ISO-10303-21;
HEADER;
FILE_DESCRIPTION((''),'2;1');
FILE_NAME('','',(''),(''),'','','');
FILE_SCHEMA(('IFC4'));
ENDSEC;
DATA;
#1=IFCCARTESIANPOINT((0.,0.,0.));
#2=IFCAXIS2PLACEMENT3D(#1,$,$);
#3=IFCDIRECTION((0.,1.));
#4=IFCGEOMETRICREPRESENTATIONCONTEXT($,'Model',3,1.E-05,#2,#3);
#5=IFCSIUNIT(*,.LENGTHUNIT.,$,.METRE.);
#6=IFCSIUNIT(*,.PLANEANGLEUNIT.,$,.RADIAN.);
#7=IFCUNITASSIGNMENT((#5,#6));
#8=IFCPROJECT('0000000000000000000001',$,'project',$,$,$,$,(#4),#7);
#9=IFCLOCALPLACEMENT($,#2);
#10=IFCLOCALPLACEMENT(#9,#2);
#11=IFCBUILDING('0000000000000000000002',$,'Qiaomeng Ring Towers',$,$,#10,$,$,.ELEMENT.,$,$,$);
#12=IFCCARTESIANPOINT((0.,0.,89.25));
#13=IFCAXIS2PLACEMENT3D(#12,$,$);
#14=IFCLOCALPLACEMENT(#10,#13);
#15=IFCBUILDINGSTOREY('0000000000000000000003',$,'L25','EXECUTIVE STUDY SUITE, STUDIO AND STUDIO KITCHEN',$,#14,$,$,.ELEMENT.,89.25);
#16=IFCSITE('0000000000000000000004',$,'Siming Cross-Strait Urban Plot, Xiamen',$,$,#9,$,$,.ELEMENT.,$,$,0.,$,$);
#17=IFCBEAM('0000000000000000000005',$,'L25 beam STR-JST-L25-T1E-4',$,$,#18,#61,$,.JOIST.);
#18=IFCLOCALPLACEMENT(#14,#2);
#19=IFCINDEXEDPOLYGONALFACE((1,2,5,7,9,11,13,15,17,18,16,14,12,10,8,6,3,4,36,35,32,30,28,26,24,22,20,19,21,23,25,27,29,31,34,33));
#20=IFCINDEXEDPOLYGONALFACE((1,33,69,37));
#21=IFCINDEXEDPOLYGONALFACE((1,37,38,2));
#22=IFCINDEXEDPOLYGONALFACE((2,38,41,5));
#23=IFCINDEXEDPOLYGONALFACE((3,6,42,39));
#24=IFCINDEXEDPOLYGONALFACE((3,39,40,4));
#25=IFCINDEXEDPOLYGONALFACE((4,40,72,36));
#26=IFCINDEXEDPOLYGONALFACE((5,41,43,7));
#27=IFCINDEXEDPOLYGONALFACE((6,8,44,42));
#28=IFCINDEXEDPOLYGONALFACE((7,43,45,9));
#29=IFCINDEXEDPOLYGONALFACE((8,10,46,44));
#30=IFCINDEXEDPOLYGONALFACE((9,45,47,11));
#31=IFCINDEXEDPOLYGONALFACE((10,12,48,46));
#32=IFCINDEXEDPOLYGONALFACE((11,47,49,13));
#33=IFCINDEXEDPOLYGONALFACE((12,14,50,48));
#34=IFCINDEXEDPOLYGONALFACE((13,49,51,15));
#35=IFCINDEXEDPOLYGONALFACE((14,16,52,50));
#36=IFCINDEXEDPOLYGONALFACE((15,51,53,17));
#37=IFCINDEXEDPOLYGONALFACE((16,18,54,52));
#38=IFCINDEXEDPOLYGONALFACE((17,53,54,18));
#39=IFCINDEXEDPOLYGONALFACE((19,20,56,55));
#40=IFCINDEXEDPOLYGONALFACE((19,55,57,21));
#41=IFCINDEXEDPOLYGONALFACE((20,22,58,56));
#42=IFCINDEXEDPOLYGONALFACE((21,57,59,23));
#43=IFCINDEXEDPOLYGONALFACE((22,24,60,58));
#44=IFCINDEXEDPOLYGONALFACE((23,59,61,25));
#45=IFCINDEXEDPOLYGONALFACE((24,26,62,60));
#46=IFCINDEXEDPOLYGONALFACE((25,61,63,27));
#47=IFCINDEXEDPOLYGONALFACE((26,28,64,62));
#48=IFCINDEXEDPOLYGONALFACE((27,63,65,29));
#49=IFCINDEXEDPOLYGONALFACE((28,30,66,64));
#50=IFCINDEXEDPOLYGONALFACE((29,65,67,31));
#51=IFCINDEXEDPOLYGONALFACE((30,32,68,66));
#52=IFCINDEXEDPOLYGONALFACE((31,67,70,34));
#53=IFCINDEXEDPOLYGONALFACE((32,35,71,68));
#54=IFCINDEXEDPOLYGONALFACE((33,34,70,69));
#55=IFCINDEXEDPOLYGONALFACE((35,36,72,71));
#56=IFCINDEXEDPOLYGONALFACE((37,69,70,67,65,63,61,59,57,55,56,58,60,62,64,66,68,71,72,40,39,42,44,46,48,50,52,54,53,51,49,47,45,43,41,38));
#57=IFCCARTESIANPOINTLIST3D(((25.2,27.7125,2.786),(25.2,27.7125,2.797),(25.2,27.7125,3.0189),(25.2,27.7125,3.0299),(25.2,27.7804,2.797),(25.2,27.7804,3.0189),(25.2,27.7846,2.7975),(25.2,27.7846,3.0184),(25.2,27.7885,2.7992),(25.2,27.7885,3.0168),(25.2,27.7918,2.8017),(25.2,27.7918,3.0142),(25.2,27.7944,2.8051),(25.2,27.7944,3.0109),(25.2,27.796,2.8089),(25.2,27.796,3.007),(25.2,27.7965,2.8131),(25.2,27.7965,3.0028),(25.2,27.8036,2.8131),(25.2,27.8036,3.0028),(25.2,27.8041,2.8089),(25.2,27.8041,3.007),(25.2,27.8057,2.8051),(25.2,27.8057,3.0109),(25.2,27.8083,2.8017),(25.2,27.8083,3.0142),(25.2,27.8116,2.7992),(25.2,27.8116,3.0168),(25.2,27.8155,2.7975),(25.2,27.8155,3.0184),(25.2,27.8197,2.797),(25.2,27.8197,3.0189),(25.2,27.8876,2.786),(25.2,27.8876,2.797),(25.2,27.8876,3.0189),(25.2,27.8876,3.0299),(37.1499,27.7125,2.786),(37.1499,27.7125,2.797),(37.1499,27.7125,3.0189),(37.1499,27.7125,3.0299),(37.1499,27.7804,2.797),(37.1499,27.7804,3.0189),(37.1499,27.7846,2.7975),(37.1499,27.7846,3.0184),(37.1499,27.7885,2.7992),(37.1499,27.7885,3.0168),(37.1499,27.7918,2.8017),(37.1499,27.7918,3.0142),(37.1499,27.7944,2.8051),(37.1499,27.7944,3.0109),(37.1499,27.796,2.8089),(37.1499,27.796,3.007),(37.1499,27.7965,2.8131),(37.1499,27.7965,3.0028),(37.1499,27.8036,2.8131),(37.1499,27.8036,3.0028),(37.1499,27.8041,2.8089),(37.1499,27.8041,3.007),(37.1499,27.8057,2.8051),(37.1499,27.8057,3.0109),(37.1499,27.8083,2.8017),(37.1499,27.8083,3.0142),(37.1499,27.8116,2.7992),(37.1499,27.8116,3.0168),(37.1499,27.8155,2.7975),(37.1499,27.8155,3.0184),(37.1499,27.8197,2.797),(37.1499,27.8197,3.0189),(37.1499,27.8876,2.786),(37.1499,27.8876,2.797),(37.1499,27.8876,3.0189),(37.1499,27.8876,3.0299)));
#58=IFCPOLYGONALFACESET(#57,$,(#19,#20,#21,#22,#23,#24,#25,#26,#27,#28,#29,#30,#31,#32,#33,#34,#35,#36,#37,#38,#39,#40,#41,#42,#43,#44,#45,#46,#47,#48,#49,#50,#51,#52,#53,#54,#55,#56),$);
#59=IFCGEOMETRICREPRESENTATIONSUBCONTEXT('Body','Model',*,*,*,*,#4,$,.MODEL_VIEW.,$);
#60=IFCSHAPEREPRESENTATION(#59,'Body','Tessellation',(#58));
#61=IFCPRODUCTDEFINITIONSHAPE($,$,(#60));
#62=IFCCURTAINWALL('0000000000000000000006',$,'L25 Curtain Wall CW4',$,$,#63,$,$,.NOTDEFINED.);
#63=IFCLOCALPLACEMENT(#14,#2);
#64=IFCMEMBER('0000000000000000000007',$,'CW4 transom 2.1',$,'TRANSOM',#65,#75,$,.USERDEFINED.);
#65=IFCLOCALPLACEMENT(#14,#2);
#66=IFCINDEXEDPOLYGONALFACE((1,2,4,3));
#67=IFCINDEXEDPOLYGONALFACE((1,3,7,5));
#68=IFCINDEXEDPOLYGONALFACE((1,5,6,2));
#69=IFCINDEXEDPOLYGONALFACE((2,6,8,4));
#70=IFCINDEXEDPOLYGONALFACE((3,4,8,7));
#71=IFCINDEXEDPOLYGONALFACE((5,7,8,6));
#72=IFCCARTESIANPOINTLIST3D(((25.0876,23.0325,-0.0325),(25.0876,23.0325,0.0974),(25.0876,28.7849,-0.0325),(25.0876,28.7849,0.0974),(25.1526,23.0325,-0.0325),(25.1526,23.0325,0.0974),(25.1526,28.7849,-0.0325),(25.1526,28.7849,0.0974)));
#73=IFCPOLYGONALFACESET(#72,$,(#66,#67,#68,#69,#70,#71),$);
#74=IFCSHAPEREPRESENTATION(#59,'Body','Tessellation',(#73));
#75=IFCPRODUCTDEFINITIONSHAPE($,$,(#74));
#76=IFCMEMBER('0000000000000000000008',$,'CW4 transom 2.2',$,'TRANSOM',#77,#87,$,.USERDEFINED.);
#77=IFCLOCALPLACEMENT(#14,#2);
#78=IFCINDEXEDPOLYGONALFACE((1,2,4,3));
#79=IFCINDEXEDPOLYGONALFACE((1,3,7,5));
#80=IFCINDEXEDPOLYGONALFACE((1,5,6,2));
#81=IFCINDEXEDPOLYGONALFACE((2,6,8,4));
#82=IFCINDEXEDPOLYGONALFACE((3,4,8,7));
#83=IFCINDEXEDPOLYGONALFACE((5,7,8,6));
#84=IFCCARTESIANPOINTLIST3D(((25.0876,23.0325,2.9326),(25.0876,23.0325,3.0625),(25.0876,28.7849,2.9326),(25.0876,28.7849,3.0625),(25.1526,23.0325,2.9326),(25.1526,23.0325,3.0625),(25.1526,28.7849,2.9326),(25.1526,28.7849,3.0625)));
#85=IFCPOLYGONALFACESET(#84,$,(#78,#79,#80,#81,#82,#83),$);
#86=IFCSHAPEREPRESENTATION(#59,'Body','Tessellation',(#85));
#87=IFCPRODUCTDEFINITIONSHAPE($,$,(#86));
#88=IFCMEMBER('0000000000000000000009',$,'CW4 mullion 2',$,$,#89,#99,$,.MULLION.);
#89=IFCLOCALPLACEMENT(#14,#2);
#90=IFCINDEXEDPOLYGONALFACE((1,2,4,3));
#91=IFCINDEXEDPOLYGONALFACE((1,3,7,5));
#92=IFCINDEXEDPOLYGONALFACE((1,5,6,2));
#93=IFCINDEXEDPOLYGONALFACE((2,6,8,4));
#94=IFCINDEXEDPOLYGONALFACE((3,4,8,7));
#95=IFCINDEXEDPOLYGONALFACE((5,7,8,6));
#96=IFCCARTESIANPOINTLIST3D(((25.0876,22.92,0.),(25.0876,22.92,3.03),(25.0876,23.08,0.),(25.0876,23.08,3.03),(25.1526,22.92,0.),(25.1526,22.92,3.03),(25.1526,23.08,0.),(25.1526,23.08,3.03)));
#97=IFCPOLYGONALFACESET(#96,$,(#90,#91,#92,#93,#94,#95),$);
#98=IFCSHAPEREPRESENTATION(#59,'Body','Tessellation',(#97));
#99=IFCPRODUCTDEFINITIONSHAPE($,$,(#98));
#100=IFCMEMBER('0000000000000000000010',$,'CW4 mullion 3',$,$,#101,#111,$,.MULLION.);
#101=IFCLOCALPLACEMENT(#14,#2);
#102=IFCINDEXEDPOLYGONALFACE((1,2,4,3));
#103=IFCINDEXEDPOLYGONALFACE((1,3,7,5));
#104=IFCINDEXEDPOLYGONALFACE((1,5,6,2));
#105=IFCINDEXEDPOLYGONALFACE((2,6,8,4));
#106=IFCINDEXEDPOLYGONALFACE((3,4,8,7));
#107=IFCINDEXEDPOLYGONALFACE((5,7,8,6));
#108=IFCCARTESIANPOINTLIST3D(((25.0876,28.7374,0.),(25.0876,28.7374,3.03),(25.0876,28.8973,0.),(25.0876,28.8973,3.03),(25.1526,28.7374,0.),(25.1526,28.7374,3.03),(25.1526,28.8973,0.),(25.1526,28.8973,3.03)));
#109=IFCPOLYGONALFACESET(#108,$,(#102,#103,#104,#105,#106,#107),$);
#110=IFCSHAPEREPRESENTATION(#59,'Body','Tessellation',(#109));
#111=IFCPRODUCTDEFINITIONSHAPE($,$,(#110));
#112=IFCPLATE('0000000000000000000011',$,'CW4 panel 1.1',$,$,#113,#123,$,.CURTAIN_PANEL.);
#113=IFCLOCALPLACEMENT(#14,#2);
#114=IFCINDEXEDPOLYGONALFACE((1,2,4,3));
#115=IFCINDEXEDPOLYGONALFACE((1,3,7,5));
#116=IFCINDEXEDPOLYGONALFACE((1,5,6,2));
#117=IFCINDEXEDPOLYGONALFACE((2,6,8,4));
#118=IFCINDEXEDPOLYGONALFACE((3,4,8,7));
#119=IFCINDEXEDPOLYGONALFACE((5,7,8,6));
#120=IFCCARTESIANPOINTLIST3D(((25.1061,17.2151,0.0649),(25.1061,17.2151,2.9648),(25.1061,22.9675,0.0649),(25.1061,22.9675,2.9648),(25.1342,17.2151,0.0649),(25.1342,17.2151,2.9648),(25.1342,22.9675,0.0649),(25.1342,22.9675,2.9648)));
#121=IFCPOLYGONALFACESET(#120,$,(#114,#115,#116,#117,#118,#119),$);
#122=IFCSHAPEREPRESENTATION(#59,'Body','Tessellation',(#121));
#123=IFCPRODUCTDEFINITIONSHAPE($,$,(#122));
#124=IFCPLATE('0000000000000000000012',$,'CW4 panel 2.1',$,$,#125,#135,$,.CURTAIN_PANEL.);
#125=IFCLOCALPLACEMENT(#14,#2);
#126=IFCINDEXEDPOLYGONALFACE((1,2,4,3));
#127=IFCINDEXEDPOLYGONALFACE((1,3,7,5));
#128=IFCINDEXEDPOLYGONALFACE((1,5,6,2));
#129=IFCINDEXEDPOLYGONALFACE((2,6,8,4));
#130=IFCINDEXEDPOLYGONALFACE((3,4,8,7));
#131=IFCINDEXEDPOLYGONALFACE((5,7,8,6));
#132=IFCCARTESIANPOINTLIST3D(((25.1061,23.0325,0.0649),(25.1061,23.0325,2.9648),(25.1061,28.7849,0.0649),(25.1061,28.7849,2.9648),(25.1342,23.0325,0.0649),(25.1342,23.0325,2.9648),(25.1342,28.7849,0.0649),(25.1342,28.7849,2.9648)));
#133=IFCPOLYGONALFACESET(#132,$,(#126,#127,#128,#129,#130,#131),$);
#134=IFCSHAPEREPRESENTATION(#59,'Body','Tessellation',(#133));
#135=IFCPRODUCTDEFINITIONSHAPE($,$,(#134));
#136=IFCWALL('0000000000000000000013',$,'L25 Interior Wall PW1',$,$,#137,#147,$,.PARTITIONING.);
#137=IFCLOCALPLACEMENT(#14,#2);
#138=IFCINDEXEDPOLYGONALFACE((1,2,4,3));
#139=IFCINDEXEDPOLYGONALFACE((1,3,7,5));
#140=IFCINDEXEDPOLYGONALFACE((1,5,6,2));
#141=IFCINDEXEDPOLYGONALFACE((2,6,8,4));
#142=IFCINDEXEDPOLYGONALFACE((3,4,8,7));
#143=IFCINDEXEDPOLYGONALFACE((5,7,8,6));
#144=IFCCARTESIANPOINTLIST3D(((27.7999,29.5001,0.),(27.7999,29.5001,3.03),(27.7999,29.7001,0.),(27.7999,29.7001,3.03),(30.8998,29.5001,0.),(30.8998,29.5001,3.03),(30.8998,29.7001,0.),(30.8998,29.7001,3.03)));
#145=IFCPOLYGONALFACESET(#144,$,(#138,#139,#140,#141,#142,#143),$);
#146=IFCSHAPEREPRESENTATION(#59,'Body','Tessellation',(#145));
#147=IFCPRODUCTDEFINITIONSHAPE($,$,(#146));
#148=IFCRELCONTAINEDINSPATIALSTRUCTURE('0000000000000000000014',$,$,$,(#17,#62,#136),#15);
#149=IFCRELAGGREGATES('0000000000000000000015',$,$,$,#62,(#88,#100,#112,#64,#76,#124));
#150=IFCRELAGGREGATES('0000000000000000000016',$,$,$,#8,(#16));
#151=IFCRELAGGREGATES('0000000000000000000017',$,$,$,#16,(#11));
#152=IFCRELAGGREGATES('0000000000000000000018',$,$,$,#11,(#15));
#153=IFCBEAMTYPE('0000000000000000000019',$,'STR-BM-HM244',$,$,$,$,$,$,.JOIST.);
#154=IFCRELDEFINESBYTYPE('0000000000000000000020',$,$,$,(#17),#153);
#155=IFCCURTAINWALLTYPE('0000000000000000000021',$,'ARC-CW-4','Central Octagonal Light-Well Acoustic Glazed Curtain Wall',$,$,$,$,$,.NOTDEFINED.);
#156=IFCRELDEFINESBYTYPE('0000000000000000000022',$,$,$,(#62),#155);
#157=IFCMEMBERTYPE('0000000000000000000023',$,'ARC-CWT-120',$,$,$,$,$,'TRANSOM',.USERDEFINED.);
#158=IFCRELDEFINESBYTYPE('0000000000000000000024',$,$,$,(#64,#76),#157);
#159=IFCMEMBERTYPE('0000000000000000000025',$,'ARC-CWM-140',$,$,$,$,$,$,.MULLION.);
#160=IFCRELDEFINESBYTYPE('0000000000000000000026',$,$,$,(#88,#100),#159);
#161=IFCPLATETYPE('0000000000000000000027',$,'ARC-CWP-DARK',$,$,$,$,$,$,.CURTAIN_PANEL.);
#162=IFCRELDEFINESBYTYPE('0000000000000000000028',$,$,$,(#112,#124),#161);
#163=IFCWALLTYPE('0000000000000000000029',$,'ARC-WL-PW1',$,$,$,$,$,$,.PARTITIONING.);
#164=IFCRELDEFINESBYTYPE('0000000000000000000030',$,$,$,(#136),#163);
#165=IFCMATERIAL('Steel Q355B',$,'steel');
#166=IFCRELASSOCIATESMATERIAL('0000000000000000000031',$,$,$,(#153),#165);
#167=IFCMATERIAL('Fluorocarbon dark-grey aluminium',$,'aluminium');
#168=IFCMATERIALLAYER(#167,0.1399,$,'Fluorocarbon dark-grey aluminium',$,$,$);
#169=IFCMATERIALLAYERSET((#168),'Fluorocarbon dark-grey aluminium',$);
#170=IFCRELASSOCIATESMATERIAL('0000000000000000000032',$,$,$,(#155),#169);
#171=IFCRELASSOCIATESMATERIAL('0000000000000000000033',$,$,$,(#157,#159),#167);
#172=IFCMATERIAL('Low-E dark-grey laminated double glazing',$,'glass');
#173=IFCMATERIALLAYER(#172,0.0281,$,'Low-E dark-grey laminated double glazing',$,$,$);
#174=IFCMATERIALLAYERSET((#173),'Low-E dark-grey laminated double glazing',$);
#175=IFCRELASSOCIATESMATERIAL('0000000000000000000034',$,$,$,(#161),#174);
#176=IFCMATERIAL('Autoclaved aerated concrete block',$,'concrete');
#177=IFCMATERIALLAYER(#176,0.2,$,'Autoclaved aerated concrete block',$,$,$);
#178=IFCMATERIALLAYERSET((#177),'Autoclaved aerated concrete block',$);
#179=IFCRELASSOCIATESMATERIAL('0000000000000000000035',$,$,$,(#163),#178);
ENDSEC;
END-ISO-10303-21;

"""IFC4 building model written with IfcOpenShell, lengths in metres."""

from ifc_helpers import new_model, si_unit, direction, frame, frame_2d, origin, origin_2d, place, context, subcontext, project, spatial, rectangle, i_section, extrude, source, transform, mapped, material, layer, layer_set, material_profile, profile_set, type_object, element, aggregate, save


model = new_model("IFC4")

# Units and contexts
model_context = context("Model", 3, precision=1e-05, world=origin(), true_north=direction((0.0, 1.0)))
body_context = subcontext(model_context, "Body", "Model", "MODEL_VIEW")
ifc_project = project(units=[si_unit("LENGTHUNIT", "METRE"), si_unit("PLANEANGLEUNIT", "RADIAN")], contexts=[model_context])

# Site, building, storey
site_placement = place(None, origin())
site = spatial("IfcSite", under=ifc_project, at=site_placement, Name="Siming Cross-Strait Urban Plot, Xiamen", CompositionType="ELEMENT", RefElevation=0.0)
building_placement = place(site_placement, origin())
building = spatial("IfcBuilding", under=site, at=building_placement, Name="Qiaomeng Ring Towers", CompositionType="ELEMENT")
storey_placement = place(building_placement, frame((0.0, 0.0, 89.25)))
storey = spatial("IfcBuildingStorey", under=building, at=storey_placement, Name="L25", Description="EXECUTIVE STUDY SUITE, STUDIO AND STUDIO KITCHEN", CompositionType="ELEMENT", Elevation=89.25)

# Beam
ifc_material_1 = material(Name="Steel Q355B", Category="steel")
ifc_material_profile_1 = material_profile(ifc_material_1, i_section(OverallWidth=0.175, OverallDepth=0.2439, WebThickness=0.0071, FlangeThickness=0.011, FilletRadius=0.0161, at=origin_2d()), Name="HM 244x175x7x11")
ifc_profile_set_1 = profile_set([ifc_material_profile_1], Name="Steel Q355B")
beam_type_1 = type_object("IfcBeamType", Name="STR-BM-HM244", PredefinedType="JOIST", material=ifc_profile_set_1)
shared_shape_1 = source(origin(), body_context, "Body", "SweptSolid", [
    extrude(i_section(OverallWidth=0.175, OverallDepth=0.2439, WebThickness=0.0071, FlangeThickness=0.011, FilletRadius=0.0161, at=origin_2d()), origin(), (0.0, 0.0, 1.0), 11.95),
])
for number, where, z_axis, x_axis, name in (
    (1, (25.2, 27.8, 2.908), (1.0, 0.0, 0.0), (0.0, 1.0, 0.0), "L25 beam STR-JST-L25-T1E-4"),
):
    element("IfcBeam", number, at=place(storey_placement, frame(where, z_axis=z_axis, x_axis=x_axis)), inside=storey, type_object=beam_type_1, Name=name, PredefinedType="JOIST", context=body_context, shape_type="MappedRepresentation", body=[
        mapped(shared_shape_1, transform((0.0, 0.0, 0.0), x_axis=(1.0, 0.0, 0.0), y_axis=(0.0, 1.0, 0.0), z_axis=(0.0, 0.0, 1.0), scale=1.0)),
    ])

# Curtain wall, members, plates
ifc_material_2 = material(Name="Fluorocarbon dark-grey aluminium", Category="aluminium")
ifc_layer_1 = layer(ifc_material_2, 0.1399, Name="Fluorocarbon dark-grey aluminium")
ifc_layer_set_1 = layer_set([ifc_layer_1], Name="Fluorocarbon dark-grey aluminium")
curtain_wall_type = type_object("IfcCurtainWallType", Name="ARC-CW-4", Description="Central Octagonal Light-Well Acoustic Glazed Curtain Wall", PredefinedType="NOTDEFINED", material=ifc_layer_set_1)
curtain_wall_placement = place(storey_placement, origin())
curtain_wall = element("IfcCurtainWall", 2, at=curtain_wall_placement, inside=storey, type_object=curtain_wall_type, Name="L25 Curtain Wall CW4", PredefinedType="NOTDEFINED")
ifc_material_profile_2 = material_profile(ifc_material_2, rectangle(XDim=0.0649, YDim=0.1299, at=origin_2d()), Name="ALU TRAN 65x130")
ifc_profile_set_2 = profile_set([ifc_material_profile_2], Name="Fluorocarbon dark-grey aluminium")
member_type_1 = type_object("IfcMemberType", Name="ARC-CWT-120", ElementType="TRANSOM", PredefinedType="USERDEFINED", material=ifc_profile_set_2)
shared_shape_2 = source(origin(), body_context, "Body", "SweptSolid", [
    extrude(rectangle(XDim=0.0649, YDim=0.1299, at=origin_2d()), origin(), (0.0, 0.0, 1.0), 5.7524),
])
member_1_placement = place(storey_placement, frame((25.1201, 23.0325, 0.0325), z_axis=(0.0, 1.0, 0.0), x_axis=(-1.0, 0.0, 0.0)))
member_1 = element("IfcMember", 3, at=member_1_placement, type_object=member_type_1, Name="CW4 transom 2.1", ObjectType="TRANSOM", PredefinedType="USERDEFINED", context=body_context, shape_type="MappedRepresentation", body=[
    mapped(shared_shape_2, transform((0.0, 0.0, 0.0), x_axis=(1.0, 0.0, 0.0), y_axis=(0.0, 1.0, 0.0), z_axis=(0.0, 0.0, 1.0), scale=1.0)),
])
member_2_placement = place(storey_placement, frame((25.1201, 23.0325, 2.9976), z_axis=(0.0, 1.0, 0.0), x_axis=(-1.0, 0.0, 0.0)))
member_2 = element("IfcMember", 4, at=member_2_placement, type_object=member_type_1, Name="CW4 transom 2.2", ObjectType="TRANSOM", PredefinedType="USERDEFINED", context=body_context, shape_type="MappedRepresentation", body=[
    mapped(shared_shape_2, transform((0.0, 0.0, 0.0), x_axis=(1.0, 0.0, 0.0), y_axis=(0.0, 1.0, 0.0), z_axis=(0.0, 0.0, 1.0), scale=1.0)),
])
ifc_material_profile_3 = material_profile(ifc_material_2, rectangle(XDim=0.0649, YDim=0.1599, at=origin_2d()), Name="ALU MULL 65x160")
ifc_profile_set_3 = profile_set([ifc_material_profile_3], Name="Fluorocarbon dark-grey aluminium")
member_type_2 = type_object("IfcMemberType", Name="ARC-CWM-140", PredefinedType="MULLION", material=ifc_profile_set_3)
shared_shape_3 = source(origin(), body_context, "Body", "SweptSolid", [
    extrude(rectangle(XDim=0.0649, YDim=0.1599, at=origin_2d()), origin(), (0.0, 0.0, 1.0), 3.03),
])
member_3_placement = place(storey_placement, frame((25.1201, 23.0, 0.0), z_axis=(0.0, 0.0, 1.0), x_axis=(-1.0, 0.0, 0.0)))
member_3 = element("IfcMember", 5, at=member_3_placement, type_object=member_type_2, Name="CW4 mullion 2", PredefinedType="MULLION", context=body_context, shape_type="MappedRepresentation", body=[
    mapped(shared_shape_3, transform((0.0, 0.0, 0.0), x_axis=(1.0, 0.0, 0.0), y_axis=(0.0, 1.0, 0.0), z_axis=(0.0, 0.0, 1.0), scale=1.0)),
])
member_4_placement = place(storey_placement, frame((25.1201, 28.8174, 0.0), z_axis=(0.0, 0.0, 1.0), x_axis=(-1.0, 0.0, 0.0)))
member_4 = element("IfcMember", 6, at=member_4_placement, type_object=member_type_2, Name="CW4 mullion 3", PredefinedType="MULLION", context=body_context, shape_type="MappedRepresentation", body=[
    mapped(shared_shape_3, transform((0.0, 0.0, 0.0), x_axis=(1.0, 0.0, 0.0), y_axis=(0.0, 1.0, 0.0), z_axis=(0.0, 0.0, 1.0), scale=1.0)),
])
ifc_material_3 = material(Name="Low-E dark-grey laminated double glazing", Category="glass")
ifc_layer_2 = layer(ifc_material_3, 0.0281, Name="Low-E dark-grey laminated double glazing")
ifc_layer_set_2 = layer_set([ifc_layer_2], Name="Low-E dark-grey laminated double glazing")
plate_type = type_object("IfcPlateType", Name="ARC-CWP-DARK", PredefinedType="CURTAIN_PANEL", material=ifc_layer_set_2)
shared_shape_4 = source(origin(), body_context, "Body", "SweptSolid", [
    extrude(rectangle(XDim=5.7524, YDim=0.0281, at=origin_2d()), origin(), (0.0, 0.0, 1.0), 2.8999),
])
plate_1_placement = place(storey_placement, frame((25.1201, 20.0913, 0.0649), z_axis=(0.0, 0.0, 1.0), x_axis=(0.0, 1.0, 0.0)))
plate_1 = element("IfcPlate", 7, at=plate_1_placement, type_object=plate_type, Name="CW4 panel 1.1", PredefinedType="CURTAIN_PANEL", context=body_context, shape_type="MappedRepresentation", body=[
    mapped(shared_shape_4, transform((0.0, 0.0, 0.0), x_axis=(1.0, 0.0, 0.0), y_axis=(0.0, 1.0, 0.0), z_axis=(0.0, 0.0, 1.0), scale=1.0)),
])
plate_2_placement = place(storey_placement, frame((25.1201, 25.9087, 0.0649), z_axis=(0.0, 0.0, 1.0), x_axis=(0.0, 1.0, 0.0)))
plate_2 = element("IfcPlate", 8, at=plate_2_placement, type_object=plate_type, Name="CW4 panel 2.1", PredefinedType="CURTAIN_PANEL", context=body_context, shape_type="MappedRepresentation", body=[
    mapped(shared_shape_4, transform((0.0, 0.0, 0.0), x_axis=(1.0, 0.0, 0.0), y_axis=(0.0, 1.0, 0.0), z_axis=(0.0, 0.0, 1.0), scale=1.0)),
])
aggregate(curtain_wall, [member_3, member_4, plate_1, member_1, member_2, plate_2])

# Wall
ifc_material_4 = material(Name="Autoclaved aerated concrete block", Category="concrete")
ifc_layer_3 = layer(ifc_material_4, 0.2, Name="Autoclaved aerated concrete block")
ifc_layer_set_3 = layer_set([ifc_layer_3], Name="Autoclaved aerated concrete block")
wall_type_1 = type_object("IfcWallType", Name="ARC-WL-PW1", PredefinedType="PARTITIONING", material=ifc_layer_set_3)
wall_1_placement = place(storey_placement, frame((27.8, 29.6001, 0.0), z_axis=(0.0, 0.0, 1.0), x_axis=(1.0, 0.0, 0.0)))
element("IfcWall", 9, at=wall_1_placement, inside=storey, type_object=wall_type_1, Name="L25 Interior Wall PW1", PredefinedType="PARTITIONING", context=body_context, shape_type="SweptSolid", body=[
    extrude(rectangle(XDim=3.0999, YDim=0.2, at=frame_2d((1.5498, 0.0))), origin(), (0.0, 0.0, 1.0), 3.03),
])

save(model, "model.ifc")
